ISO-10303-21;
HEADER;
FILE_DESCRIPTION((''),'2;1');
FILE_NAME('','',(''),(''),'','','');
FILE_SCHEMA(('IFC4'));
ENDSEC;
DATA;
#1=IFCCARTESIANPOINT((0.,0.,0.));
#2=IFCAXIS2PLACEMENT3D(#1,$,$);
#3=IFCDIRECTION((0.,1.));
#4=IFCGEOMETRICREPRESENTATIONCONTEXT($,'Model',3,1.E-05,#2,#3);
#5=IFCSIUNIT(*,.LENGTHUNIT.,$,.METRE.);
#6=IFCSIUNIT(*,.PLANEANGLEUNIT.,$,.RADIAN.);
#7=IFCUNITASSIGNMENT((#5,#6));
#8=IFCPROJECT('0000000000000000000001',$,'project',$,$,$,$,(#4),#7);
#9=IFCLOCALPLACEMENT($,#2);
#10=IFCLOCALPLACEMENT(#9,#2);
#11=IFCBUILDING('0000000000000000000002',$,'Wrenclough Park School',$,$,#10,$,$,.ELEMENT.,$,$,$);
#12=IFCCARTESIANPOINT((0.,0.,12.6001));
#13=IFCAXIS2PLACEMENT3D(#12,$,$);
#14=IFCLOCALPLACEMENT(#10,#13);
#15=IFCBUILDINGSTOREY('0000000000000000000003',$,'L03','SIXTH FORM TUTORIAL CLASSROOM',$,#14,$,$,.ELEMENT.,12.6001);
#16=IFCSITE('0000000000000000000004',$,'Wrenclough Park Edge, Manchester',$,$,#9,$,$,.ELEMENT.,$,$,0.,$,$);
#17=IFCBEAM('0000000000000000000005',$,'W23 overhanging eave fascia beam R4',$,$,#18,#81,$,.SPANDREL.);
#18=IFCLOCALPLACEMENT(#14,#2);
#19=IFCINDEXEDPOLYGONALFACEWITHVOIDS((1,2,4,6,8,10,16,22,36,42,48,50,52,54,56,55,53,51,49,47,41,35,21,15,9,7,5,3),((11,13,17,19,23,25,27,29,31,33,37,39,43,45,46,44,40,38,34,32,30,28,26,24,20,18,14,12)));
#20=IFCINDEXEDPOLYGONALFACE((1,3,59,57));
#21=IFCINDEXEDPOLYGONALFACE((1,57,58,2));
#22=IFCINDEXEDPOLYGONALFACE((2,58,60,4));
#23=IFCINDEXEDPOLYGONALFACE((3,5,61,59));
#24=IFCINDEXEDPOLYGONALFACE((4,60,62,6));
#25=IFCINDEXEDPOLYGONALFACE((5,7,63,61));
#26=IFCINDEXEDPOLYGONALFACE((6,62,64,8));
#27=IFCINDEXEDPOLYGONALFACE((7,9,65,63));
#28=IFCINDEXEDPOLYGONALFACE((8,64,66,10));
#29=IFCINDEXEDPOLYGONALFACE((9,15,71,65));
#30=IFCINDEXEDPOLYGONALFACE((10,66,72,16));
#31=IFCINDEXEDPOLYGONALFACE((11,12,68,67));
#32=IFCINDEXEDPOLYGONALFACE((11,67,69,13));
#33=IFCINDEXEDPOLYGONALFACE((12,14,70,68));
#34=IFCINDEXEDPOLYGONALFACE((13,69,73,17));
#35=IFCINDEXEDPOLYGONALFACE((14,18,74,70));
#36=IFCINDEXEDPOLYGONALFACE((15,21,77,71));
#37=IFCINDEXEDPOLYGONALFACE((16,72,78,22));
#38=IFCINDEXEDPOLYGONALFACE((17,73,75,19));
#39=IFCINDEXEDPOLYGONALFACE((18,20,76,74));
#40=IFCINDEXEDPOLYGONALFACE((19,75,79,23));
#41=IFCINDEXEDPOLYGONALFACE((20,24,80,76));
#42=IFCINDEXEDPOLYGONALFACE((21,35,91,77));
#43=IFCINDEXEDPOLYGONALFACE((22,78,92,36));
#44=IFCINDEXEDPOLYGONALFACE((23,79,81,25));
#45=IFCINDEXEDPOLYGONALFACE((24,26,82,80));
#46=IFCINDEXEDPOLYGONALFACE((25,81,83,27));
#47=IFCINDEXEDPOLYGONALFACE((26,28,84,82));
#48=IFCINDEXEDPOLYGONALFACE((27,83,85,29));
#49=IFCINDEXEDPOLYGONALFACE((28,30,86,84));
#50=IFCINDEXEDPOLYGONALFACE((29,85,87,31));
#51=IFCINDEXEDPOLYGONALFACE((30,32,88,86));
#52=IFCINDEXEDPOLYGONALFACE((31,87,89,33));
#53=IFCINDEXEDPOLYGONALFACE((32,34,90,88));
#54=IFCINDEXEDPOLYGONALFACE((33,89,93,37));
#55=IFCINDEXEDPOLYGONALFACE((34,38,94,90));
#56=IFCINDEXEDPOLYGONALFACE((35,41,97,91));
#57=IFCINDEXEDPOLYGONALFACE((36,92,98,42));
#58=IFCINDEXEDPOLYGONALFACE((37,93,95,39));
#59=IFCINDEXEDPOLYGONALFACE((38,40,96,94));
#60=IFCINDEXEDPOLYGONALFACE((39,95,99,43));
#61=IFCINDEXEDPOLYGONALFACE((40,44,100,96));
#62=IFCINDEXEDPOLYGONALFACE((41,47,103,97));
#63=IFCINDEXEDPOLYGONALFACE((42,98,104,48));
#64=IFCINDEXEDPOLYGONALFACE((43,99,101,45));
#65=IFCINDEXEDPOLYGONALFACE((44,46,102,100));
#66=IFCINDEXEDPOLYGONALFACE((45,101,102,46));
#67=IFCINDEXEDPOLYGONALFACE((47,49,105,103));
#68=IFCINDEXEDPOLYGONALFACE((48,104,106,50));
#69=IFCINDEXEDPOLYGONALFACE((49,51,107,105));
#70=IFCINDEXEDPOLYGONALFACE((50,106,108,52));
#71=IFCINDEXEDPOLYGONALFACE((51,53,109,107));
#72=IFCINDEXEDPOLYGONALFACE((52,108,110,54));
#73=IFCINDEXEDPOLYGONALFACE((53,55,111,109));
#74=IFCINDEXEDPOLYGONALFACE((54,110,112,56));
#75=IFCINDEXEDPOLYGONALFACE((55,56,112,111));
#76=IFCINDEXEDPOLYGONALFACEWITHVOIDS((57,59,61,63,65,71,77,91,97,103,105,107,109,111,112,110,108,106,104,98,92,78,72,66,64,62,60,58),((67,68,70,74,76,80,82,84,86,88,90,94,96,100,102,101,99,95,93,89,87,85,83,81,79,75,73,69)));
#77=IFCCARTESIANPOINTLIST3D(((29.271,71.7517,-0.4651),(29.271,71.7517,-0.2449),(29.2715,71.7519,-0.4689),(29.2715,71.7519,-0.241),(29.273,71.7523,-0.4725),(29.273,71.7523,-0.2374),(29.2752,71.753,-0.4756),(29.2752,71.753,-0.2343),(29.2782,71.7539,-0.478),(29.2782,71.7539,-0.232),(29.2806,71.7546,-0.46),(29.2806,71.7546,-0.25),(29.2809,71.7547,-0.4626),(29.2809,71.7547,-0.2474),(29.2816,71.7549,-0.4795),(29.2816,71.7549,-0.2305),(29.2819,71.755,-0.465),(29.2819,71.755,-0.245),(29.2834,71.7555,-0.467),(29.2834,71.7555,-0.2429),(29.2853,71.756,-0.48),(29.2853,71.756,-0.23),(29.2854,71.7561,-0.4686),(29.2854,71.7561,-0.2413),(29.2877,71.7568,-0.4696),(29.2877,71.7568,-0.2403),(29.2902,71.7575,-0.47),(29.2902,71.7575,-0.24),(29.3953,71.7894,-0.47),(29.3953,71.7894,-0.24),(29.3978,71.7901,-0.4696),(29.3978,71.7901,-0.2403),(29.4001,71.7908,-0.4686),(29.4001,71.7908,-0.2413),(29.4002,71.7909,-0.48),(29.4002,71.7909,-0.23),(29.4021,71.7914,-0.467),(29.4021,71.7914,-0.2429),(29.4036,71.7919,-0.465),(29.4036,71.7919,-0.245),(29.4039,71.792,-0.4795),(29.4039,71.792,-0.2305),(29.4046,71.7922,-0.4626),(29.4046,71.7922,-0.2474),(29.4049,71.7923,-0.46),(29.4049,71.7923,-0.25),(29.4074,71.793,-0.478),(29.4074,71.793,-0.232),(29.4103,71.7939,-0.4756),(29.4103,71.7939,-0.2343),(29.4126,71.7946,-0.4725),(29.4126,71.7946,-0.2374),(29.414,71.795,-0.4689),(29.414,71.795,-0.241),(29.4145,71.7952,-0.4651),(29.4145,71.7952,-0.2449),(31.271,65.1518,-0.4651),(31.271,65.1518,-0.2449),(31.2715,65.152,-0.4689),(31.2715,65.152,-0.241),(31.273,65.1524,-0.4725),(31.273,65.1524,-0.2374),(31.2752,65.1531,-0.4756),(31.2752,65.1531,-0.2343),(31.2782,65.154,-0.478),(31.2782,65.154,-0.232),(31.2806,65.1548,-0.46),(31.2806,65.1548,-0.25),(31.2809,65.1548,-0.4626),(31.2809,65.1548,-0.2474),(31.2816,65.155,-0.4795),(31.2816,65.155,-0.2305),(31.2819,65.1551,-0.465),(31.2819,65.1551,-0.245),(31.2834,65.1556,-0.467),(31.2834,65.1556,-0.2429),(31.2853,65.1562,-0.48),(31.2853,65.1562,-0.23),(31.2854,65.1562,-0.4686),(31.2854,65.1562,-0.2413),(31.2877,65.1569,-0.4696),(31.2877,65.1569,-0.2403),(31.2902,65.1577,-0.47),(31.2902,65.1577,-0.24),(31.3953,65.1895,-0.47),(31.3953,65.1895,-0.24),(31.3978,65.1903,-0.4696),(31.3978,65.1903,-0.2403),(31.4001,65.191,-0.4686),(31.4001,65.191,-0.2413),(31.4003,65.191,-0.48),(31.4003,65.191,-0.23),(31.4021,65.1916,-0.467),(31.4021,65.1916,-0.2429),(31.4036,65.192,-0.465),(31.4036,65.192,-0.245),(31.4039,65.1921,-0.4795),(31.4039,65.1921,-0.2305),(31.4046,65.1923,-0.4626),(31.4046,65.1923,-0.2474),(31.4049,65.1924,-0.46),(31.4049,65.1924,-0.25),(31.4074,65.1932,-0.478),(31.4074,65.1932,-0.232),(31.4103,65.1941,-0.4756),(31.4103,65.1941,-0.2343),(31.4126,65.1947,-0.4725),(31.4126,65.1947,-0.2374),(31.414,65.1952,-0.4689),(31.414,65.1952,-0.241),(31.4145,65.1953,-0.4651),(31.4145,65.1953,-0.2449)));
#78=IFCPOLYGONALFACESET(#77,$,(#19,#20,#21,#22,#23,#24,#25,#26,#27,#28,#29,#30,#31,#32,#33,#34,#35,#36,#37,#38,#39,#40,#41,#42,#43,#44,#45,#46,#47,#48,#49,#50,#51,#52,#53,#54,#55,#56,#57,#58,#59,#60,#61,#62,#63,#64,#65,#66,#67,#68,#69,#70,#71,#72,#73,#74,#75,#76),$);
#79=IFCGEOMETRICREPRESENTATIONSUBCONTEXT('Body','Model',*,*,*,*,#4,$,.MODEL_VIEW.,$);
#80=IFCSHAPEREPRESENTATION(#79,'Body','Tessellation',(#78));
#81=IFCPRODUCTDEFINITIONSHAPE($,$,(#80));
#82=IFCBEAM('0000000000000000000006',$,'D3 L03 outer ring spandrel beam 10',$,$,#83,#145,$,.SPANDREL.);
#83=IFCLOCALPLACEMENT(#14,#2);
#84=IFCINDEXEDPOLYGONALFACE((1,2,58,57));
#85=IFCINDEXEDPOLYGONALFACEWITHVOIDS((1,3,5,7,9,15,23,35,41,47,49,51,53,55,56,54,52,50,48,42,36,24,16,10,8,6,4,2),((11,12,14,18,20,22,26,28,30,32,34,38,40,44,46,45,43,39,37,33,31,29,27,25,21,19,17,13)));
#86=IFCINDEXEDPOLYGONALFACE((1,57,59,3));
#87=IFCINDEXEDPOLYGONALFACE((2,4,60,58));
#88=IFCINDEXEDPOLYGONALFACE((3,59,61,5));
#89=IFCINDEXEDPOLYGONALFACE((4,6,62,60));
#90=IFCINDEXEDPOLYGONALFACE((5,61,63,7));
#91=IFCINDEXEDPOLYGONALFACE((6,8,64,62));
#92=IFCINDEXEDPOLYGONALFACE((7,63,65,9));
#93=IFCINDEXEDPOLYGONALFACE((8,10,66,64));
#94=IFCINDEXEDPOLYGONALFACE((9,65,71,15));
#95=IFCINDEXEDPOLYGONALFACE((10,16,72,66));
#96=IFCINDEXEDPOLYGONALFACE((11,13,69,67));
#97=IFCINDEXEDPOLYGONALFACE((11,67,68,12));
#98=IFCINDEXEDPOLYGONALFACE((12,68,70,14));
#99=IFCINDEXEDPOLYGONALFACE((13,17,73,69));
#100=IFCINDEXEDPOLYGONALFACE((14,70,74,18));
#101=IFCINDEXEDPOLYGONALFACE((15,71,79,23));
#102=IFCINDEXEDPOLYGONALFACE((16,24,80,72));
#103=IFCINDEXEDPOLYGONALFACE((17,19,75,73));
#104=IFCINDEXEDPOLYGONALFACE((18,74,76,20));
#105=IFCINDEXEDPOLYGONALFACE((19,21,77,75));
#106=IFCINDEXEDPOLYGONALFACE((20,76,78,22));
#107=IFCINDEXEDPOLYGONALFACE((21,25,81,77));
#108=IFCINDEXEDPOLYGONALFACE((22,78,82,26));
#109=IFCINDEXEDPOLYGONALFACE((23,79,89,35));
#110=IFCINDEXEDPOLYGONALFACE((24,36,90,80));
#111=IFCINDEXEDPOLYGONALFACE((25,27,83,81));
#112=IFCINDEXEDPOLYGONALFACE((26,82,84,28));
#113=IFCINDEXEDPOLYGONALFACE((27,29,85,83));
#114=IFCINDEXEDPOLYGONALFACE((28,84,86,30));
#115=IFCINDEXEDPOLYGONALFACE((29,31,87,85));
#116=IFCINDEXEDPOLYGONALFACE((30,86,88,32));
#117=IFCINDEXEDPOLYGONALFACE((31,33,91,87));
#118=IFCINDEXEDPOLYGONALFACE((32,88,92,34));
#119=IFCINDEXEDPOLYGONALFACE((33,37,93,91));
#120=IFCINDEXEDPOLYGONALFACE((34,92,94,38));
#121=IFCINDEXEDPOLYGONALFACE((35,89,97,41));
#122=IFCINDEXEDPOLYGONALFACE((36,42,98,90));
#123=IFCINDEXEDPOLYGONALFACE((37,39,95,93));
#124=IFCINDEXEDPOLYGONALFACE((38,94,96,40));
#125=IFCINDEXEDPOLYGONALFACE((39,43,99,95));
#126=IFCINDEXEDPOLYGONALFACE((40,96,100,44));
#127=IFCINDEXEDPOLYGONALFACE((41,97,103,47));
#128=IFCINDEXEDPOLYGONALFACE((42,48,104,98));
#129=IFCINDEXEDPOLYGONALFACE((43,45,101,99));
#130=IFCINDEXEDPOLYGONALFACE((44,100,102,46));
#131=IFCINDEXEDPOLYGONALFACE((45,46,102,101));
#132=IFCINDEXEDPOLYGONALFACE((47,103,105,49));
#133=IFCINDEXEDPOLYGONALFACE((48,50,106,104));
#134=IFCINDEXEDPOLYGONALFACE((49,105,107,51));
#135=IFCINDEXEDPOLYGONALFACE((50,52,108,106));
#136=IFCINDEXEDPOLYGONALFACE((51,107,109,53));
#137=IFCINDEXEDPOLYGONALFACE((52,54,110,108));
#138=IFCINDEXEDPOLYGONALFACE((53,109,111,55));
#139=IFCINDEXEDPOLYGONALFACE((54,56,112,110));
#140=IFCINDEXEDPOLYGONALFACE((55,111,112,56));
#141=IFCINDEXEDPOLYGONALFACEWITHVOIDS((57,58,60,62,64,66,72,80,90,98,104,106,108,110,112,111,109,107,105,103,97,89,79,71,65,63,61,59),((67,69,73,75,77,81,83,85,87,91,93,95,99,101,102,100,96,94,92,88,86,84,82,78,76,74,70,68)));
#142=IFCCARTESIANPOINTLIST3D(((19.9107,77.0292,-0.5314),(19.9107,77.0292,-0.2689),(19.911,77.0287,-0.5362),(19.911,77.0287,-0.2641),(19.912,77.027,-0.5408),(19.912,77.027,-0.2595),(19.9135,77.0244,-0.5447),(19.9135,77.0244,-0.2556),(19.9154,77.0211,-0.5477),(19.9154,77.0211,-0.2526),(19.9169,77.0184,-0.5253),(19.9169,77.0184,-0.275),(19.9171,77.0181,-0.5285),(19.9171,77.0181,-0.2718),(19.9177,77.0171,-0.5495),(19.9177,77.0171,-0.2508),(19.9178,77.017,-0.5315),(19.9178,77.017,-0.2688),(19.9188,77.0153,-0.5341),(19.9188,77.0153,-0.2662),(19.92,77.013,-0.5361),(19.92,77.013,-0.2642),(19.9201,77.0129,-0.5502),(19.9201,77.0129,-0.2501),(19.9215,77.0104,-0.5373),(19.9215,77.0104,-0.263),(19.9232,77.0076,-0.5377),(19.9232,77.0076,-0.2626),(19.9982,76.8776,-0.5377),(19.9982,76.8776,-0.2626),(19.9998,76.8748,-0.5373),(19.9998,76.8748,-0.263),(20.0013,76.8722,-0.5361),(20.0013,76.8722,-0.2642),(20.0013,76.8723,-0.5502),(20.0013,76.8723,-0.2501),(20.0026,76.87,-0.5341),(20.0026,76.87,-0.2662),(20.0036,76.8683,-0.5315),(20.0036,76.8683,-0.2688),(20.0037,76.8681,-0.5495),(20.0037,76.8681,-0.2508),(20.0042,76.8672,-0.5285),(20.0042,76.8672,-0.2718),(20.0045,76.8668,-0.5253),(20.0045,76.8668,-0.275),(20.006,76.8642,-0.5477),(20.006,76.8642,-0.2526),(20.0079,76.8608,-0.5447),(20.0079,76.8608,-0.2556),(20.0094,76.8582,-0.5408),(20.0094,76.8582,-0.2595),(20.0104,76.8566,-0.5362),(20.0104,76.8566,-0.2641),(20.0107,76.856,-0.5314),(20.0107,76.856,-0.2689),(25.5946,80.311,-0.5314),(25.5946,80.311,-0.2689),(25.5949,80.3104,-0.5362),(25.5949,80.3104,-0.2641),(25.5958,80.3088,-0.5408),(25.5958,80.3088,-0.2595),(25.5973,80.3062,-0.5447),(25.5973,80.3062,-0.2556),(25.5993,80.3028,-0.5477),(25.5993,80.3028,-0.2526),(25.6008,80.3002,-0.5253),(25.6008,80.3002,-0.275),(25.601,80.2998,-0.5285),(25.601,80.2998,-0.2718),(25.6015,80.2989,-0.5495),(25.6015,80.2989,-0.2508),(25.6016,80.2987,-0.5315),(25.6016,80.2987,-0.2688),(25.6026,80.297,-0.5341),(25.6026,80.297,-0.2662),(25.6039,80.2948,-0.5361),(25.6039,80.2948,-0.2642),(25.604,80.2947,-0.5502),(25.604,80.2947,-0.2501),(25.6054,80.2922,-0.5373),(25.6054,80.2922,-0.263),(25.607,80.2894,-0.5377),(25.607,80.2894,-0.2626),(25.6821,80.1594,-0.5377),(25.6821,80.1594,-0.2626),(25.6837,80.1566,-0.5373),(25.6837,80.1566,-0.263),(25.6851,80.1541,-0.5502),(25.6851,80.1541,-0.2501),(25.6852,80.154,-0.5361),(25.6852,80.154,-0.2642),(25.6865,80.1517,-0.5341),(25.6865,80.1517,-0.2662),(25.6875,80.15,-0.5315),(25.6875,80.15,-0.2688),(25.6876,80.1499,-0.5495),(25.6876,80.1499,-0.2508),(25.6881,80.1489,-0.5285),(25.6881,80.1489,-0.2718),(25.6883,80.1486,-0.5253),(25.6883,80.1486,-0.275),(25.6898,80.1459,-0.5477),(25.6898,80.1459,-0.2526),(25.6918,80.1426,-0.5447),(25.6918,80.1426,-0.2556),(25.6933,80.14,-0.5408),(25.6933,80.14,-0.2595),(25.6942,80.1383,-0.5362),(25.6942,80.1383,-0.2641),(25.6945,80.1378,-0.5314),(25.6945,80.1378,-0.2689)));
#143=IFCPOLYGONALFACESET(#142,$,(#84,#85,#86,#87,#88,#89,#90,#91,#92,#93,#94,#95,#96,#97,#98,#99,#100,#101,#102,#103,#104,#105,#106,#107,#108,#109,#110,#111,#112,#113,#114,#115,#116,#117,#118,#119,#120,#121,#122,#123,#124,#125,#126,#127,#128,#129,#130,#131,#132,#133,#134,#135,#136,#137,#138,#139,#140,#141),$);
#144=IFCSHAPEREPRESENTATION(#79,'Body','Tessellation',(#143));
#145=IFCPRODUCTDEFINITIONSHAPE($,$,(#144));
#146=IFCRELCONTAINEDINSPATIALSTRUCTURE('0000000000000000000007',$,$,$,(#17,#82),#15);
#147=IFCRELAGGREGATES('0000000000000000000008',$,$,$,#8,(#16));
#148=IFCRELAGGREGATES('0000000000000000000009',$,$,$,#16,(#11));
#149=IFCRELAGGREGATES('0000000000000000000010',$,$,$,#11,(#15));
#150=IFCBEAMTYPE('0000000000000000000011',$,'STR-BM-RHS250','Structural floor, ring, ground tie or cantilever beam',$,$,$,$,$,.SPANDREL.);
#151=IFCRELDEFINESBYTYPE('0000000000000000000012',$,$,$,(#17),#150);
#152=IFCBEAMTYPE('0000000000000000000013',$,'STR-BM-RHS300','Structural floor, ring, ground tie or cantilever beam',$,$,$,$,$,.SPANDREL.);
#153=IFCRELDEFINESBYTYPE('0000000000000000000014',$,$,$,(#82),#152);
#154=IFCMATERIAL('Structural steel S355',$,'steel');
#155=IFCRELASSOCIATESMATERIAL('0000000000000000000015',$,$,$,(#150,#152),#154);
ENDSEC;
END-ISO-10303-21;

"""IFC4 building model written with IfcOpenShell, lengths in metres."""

from ifc_helpers import new_model, si_unit, direction, frame, origin, origin_2d, place, context, subcontext, project, spatial, hollow_rectangle, extrude, material, material_profile, profile_set, type_object, element, save


model = new_model("IFC4")

# Units and contexts
model_context = context("Model", 3, precision=1e-05, world=origin(), true_north=direction((0.0, 1.0)))
body_context = subcontext(model_context, "Body", "Model", "MODEL_VIEW")
ifc_project = project(units=[si_unit("LENGTHUNIT", "METRE"), si_unit("PLANEANGLEUNIT", "RADIAN")], contexts=[model_context])

# Site, building, storey
site_placement = place(None, origin())
site = spatial("IfcSite", under=ifc_project, at=site_placement, Name="Wrenclough Park Edge, Manchester", CompositionType="ELEMENT", RefElevation=0.0)
building_placement = place(site_placement, origin())
building = spatial("IfcBuilding", under=site, at=building_placement, Name="Wrenclough Park School", CompositionType="ELEMENT")
storey_placement = place(building_placement, frame((0.0, 0.0, 12.6001)))
storey = spatial("IfcBuildingStorey", under=building, at=storey_placement, Name="L03", Description="SIXTH FORM TUTORIAL CLASSROOM", CompositionType="ELEMENT", Elevation=12.6001)

# Shared definitions
ifc_material_1 = material(Name="Structural steel S355", Category="steel")

# Beams
ifc_material_profile_1 = material_profile(ifc_material_1, hollow_rectangle(XDim=0.1499, YDim=0.25, WallThickness=0.01, InnerFilletRadius=0.01, OuterFilletRadius=0.0149, at=origin_2d()), Name="RHS 250x150x10.0")
ifc_profile_set_1 = profile_set([ifc_material_profile_1], Name="Structural steel S355")
beam_type_1 = type_object("IfcBeamType", Name="STR-BM-RHS250", Description="Structural floor, ring, ground tie or cantilever beam", PredefinedType="SPANDREL", material=ifc_profile_set_1)
beam_1_placement = place(storey_placement, frame((31.3428, 65.1736, -0.355), z_axis=(-0.290013, 0.957023, 0.0), x_axis=(-0.957023, -0.290013, 0.0)))
element("IfcBeam", 1, at=beam_1_placement, inside=storey, type_object=beam_type_1, Name="W23 overhanging eave fascia beam R4", PredefinedType="SPANDREL", context=body_context, shape_type="SweptSolid", body=[
    extrude(hollow_rectangle(XDim=0.1499, YDim=0.25, WallThickness=0.01, InnerFilletRadius=0.01, OuterFilletRadius=0.0149, at=origin_2d()), origin(), (0.0, 0.0, 1.0), 6.8962),
])
ifc_material_profile_2 = material_profile(ifc_material_1, hollow_rectangle(XDim=0.2, YDim=0.3, WallThickness=0.0125, InnerFilletRadius=0.0125, OuterFilletRadius=0.0188, at=origin_2d()), Name="RHS 300x200x12.5")
ifc_profile_set_2 = profile_set([ifc_material_profile_2], Name="Structural steel S355")
beam_type_2 = type_object("IfcBeamType", Name="STR-BM-RHS300", Description="Structural floor, ring, ground tie or cantilever beam", PredefinedType="SPANDREL", material=ifc_profile_set_2)
for number, where, z_axis, x_axis, name in (
    (2, (19.9607, 76.9426, -0.4001), (0.866014, 0.50002, 0.0), (-0.50002, 0.866014, 0.0), "D3 L03 outer ring spandrel beam 10"),
):
    element("IfcBeam", number, at=place(storey_placement, frame(where, z_axis=z_axis, x_axis=x_axis)), inside=storey, type_object=beam_type_2, Name=name, PredefinedType="SPANDREL", context=body_context, shape_type="SweptSolid", body=[
        extrude(hollow_rectangle(XDim=0.2, YDim=0.3, WallThickness=0.0125, InnerFilletRadius=0.0125, OuterFilletRadius=0.0188, at=origin_2d()), origin(), (0.0, 0.0, 1.0), 6.5632),
    ])

save(model, "model.ifc")
